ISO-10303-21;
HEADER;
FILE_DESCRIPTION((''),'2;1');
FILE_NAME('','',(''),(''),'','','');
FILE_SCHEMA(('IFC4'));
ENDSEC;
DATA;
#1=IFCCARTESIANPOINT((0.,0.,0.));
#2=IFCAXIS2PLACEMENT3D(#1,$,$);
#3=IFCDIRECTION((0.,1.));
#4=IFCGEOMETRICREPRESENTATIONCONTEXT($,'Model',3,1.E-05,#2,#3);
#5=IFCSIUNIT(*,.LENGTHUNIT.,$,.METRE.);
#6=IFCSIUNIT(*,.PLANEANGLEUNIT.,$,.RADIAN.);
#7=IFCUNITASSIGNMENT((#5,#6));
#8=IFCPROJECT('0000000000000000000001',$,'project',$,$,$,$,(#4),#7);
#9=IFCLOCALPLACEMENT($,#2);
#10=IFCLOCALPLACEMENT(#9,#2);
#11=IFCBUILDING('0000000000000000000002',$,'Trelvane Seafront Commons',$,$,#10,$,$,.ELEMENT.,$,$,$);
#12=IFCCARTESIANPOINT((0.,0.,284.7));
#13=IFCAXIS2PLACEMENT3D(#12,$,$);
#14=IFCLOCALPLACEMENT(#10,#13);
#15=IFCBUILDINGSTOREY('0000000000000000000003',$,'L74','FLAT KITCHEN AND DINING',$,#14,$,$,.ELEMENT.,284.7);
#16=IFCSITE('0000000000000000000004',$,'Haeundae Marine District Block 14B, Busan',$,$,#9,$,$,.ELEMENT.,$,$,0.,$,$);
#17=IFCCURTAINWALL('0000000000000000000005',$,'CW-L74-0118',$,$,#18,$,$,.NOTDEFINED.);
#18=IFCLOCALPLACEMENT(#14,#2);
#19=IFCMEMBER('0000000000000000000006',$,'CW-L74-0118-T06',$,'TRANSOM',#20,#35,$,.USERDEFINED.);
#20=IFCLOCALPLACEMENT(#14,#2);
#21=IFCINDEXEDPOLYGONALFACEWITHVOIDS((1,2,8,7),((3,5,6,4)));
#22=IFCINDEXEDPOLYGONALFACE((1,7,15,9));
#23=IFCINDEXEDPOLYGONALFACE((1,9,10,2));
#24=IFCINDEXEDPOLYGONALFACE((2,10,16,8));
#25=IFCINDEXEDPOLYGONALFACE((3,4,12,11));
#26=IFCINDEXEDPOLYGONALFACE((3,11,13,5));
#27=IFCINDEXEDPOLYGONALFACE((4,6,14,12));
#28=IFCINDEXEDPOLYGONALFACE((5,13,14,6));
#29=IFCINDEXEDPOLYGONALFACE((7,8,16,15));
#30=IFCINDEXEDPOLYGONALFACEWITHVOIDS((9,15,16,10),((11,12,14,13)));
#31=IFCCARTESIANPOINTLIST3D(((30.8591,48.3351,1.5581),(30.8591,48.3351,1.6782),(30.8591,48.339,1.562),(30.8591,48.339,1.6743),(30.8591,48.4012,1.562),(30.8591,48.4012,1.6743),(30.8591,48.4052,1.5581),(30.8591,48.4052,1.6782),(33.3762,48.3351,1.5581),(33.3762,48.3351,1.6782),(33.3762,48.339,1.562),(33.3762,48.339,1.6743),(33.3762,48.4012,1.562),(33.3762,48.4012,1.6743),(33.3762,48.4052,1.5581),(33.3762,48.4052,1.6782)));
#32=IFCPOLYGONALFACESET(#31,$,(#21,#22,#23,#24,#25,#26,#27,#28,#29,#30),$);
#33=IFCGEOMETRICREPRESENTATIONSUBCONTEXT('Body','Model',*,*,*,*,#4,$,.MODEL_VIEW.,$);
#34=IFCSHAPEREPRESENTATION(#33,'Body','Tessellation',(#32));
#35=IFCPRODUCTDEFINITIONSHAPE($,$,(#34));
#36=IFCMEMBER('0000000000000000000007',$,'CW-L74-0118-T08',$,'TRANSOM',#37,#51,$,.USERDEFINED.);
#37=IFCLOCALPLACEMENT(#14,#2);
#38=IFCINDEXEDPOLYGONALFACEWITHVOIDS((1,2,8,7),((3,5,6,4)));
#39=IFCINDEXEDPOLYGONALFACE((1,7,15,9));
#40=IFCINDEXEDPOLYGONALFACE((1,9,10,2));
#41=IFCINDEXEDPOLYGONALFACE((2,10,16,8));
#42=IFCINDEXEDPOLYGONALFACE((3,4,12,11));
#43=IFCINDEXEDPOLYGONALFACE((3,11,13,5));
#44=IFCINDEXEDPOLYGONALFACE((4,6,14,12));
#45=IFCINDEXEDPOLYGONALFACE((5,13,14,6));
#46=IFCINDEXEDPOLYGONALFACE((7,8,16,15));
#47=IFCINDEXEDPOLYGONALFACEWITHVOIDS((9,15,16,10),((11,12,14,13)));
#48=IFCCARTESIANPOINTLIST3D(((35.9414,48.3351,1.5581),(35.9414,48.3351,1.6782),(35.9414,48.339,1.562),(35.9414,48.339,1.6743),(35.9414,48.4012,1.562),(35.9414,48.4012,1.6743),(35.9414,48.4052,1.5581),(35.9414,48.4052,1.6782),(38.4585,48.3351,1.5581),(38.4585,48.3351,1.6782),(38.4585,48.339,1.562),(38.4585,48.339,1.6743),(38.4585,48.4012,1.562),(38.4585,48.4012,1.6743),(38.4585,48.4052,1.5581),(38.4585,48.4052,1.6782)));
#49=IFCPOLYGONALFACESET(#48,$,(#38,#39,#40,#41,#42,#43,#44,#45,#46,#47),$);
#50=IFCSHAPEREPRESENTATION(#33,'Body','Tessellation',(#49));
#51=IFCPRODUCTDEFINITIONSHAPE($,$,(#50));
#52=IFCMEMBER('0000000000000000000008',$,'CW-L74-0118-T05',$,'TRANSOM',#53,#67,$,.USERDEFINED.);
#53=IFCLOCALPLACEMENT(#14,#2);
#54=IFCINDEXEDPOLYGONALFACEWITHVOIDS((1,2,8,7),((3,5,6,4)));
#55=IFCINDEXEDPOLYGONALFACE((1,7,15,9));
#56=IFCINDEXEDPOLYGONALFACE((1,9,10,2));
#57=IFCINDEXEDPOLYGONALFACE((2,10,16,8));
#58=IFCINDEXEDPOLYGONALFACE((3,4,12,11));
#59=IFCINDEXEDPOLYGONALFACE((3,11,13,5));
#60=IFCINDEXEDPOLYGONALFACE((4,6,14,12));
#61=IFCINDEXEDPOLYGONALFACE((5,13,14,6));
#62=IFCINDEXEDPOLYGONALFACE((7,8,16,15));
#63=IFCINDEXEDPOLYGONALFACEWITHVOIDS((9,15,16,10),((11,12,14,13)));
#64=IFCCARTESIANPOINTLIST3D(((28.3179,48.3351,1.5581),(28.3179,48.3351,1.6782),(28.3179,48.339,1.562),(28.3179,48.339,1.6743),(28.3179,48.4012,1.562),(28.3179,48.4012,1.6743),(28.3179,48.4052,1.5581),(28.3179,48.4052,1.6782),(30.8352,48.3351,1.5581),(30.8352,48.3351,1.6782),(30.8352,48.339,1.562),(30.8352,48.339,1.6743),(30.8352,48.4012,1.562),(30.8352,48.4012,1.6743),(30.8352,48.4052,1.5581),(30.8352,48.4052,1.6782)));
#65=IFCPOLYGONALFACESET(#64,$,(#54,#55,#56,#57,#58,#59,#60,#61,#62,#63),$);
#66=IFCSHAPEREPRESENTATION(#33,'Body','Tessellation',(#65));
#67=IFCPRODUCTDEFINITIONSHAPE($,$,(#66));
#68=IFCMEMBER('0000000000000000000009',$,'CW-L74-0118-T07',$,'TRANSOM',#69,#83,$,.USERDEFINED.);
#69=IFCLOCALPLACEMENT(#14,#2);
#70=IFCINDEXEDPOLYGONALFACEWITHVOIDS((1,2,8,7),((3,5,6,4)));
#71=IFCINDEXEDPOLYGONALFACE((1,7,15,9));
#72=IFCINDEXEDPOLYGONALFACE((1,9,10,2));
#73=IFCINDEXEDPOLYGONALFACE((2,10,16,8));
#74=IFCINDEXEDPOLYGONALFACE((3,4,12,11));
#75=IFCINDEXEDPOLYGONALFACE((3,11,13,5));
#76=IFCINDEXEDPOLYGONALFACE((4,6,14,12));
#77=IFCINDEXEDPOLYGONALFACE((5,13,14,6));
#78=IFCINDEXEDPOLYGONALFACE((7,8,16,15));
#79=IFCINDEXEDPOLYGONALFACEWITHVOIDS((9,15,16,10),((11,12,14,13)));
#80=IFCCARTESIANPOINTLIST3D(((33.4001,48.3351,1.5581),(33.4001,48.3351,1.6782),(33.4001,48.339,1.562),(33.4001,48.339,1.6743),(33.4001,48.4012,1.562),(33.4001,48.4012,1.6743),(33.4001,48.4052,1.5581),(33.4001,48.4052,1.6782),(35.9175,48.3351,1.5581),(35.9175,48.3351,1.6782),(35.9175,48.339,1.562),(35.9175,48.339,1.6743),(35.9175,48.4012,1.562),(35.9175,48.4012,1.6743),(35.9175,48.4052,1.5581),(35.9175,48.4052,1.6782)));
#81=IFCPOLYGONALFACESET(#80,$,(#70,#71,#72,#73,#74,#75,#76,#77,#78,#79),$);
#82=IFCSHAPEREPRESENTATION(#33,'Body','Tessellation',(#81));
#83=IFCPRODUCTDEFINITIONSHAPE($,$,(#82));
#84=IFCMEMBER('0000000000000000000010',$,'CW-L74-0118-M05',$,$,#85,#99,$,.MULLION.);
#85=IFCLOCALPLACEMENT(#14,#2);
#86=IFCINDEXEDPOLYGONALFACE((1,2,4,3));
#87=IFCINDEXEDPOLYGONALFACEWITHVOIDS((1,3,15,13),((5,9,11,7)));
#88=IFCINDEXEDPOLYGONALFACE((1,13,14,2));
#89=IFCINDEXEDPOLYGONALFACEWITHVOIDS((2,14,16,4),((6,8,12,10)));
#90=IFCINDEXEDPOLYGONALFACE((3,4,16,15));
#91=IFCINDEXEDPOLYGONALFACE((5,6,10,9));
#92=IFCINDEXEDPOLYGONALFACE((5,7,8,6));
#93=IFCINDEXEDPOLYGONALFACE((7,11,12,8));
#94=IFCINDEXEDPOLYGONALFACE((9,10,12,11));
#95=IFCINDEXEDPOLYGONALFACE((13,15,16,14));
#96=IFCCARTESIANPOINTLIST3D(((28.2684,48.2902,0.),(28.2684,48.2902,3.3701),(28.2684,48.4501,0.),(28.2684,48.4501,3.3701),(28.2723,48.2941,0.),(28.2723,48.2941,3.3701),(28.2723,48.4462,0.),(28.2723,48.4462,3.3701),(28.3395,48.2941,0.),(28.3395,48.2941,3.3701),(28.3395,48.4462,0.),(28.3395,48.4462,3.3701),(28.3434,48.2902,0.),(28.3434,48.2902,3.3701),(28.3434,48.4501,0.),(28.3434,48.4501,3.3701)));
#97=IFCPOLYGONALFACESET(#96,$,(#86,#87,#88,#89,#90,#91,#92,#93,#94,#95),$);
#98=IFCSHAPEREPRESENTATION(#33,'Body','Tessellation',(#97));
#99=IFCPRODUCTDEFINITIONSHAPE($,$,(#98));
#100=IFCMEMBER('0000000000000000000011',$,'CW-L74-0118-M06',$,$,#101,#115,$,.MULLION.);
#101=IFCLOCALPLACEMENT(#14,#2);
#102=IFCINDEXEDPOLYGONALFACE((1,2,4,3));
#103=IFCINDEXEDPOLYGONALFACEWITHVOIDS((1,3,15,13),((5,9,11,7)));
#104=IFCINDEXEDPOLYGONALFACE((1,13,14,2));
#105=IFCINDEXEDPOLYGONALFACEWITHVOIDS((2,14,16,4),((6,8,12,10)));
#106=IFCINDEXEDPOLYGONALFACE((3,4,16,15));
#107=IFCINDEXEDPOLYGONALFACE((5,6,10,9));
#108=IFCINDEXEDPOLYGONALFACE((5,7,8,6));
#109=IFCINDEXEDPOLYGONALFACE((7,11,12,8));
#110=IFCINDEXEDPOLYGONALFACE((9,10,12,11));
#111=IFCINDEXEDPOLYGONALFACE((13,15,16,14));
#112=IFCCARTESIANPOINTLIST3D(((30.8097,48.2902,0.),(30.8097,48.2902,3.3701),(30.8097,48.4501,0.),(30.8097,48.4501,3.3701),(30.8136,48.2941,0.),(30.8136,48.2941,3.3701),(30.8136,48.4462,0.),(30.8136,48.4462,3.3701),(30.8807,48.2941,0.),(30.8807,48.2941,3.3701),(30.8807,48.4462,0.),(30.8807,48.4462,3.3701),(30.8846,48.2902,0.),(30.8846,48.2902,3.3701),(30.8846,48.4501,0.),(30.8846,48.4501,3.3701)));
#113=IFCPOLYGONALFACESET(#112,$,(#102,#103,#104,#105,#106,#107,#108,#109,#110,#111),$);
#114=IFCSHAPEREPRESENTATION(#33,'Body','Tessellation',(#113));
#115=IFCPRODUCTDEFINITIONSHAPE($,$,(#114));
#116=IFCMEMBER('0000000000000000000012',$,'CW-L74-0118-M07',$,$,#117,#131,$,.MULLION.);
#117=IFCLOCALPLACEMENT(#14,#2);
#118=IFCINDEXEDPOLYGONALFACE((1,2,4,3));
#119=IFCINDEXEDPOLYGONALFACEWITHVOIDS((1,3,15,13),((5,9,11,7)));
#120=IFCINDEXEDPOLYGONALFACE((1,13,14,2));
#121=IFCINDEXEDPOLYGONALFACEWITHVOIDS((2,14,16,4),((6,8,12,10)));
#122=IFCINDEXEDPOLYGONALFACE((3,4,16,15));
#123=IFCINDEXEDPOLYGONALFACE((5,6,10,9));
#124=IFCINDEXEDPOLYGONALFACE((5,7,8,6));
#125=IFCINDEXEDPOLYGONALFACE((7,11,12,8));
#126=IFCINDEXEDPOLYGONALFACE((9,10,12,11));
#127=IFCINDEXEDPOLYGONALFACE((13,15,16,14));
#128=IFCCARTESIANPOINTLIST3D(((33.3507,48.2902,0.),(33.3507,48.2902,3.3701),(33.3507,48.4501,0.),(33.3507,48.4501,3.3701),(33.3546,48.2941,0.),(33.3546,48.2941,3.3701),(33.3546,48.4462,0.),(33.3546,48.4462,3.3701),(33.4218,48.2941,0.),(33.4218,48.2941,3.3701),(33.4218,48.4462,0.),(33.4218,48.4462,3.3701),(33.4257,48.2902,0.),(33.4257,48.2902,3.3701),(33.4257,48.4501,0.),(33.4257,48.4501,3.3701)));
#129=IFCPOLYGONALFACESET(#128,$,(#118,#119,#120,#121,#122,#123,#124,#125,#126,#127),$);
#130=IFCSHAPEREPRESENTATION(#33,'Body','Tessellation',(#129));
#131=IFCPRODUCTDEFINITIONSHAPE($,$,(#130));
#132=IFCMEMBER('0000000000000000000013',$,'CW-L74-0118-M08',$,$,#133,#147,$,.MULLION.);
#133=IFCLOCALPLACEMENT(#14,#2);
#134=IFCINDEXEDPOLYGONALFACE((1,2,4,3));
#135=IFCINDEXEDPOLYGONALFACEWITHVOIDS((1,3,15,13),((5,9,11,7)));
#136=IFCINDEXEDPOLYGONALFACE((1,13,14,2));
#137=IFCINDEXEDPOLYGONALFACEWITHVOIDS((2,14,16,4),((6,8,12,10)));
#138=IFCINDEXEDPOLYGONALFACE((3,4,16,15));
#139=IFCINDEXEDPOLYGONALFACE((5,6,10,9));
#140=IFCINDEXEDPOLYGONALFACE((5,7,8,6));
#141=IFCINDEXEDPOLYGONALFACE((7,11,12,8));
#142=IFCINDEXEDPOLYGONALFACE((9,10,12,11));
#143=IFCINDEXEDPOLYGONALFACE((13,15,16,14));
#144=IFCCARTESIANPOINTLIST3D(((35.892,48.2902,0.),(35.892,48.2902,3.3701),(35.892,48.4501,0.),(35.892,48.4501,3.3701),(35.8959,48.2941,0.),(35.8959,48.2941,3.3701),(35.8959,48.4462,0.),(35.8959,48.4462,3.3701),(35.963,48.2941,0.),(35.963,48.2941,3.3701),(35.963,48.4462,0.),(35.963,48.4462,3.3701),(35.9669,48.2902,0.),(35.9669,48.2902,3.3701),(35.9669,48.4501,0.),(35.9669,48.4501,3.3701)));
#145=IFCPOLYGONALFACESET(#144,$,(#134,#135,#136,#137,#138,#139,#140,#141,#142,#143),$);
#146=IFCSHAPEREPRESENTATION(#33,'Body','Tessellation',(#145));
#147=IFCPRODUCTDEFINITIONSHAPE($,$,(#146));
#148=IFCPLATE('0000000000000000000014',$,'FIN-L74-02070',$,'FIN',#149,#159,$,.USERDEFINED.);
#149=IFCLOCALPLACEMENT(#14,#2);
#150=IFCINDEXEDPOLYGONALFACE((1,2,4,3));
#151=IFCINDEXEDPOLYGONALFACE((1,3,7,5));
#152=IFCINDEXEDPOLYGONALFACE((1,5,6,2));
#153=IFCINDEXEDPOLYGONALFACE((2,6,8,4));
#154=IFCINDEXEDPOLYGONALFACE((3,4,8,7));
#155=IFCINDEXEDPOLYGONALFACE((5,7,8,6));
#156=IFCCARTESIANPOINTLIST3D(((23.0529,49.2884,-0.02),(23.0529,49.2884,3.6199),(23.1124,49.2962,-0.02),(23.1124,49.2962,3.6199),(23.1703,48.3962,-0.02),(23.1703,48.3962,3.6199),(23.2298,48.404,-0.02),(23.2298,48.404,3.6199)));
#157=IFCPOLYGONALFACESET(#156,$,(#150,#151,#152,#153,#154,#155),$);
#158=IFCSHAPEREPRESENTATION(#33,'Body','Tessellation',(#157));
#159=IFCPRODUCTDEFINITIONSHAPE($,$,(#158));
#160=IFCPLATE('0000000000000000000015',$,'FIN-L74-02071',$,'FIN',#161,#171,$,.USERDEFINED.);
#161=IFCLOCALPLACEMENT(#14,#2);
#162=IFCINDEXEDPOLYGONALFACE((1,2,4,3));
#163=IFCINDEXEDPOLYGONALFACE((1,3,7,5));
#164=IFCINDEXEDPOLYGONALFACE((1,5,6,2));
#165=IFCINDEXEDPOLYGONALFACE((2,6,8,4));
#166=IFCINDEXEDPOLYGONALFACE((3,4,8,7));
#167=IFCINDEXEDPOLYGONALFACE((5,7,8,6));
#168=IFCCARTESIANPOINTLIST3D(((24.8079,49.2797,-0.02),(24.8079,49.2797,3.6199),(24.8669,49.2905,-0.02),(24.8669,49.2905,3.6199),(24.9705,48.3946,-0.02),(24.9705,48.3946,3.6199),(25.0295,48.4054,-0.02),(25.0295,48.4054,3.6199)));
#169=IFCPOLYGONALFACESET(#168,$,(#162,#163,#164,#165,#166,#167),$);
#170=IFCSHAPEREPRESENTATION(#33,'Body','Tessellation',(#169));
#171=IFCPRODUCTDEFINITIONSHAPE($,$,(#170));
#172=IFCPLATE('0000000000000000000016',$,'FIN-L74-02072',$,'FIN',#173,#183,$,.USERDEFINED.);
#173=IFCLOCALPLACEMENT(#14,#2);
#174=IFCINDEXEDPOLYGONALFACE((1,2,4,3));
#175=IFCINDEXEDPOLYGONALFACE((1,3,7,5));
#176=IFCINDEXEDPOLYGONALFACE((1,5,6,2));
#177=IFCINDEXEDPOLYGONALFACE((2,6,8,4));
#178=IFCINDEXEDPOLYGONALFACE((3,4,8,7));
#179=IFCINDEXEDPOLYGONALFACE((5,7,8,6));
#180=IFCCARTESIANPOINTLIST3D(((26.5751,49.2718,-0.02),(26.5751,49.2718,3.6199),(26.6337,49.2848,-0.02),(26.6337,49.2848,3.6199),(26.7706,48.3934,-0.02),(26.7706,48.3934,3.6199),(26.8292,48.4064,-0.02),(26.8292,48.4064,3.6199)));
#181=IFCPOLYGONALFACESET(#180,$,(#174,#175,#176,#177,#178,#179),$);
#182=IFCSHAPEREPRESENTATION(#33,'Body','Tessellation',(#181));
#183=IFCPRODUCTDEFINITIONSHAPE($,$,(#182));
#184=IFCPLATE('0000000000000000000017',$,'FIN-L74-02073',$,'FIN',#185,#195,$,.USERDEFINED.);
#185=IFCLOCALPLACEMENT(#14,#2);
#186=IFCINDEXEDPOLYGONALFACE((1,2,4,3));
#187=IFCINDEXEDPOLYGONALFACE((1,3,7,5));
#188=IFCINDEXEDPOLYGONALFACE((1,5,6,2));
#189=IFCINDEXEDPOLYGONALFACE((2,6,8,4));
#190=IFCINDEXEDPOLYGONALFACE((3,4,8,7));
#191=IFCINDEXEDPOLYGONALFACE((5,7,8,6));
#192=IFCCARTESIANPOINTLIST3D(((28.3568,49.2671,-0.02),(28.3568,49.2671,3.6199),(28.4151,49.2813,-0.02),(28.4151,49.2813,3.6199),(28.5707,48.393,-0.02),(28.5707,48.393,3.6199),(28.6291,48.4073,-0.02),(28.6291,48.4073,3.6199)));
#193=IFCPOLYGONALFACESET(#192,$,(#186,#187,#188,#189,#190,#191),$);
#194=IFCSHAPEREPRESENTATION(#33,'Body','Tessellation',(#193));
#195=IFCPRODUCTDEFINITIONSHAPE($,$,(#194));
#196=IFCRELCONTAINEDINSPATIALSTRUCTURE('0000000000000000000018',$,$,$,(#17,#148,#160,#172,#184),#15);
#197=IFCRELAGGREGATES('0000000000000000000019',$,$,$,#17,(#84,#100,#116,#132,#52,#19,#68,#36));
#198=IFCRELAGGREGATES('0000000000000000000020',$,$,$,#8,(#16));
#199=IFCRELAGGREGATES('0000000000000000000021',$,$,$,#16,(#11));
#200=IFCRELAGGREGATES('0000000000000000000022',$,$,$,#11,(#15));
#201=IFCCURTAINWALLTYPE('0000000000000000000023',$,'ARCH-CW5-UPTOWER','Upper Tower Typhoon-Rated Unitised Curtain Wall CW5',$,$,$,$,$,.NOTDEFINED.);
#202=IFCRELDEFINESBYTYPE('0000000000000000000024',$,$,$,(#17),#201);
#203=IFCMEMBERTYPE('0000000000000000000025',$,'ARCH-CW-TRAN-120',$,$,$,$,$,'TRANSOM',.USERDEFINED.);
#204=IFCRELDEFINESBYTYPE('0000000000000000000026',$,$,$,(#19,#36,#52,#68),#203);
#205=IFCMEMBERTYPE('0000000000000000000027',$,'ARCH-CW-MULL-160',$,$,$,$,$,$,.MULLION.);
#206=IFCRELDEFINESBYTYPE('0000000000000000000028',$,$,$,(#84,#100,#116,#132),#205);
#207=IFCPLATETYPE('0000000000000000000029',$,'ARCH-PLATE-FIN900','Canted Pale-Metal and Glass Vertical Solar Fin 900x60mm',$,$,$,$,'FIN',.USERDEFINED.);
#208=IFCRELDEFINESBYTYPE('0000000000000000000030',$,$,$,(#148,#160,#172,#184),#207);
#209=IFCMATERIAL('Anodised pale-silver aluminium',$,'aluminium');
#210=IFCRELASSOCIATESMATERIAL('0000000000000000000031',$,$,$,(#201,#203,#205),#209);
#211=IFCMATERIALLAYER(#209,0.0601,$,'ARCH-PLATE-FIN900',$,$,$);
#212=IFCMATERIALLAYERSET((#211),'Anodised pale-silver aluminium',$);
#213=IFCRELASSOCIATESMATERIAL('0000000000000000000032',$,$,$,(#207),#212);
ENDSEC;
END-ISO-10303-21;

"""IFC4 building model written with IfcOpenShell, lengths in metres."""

from ifc_helpers import new_model, si_unit, direction, frame, origin, origin_2d, place, context, subcontext, project, spatial, rectangle, hollow_rectangle, extrude, source, transform, mapped, material, layer, layer_set, material_profile, profile_set, type_object, element, aggregate, save


model = new_model("IFC4")

# Units and contexts
model_context = context("Model", 3, precision=1e-05, world=origin(), true_north=direction((0.0, 1.0)))
body_context = subcontext(model_context, "Body", "Model", "MODEL_VIEW")
ifc_project = project(units=[si_unit("LENGTHUNIT", "METRE"), si_unit("PLANEANGLEUNIT", "RADIAN")], contexts=[model_context])

# Site, building, storey
site_placement = place(None, origin())
site = spatial("IfcSite", under=ifc_project, at=site_placement, Name="Haeundae Marine District Block 14B, Busan", CompositionType="ELEMENT", RefElevation=0.0)
building_placement = place(site_placement, origin())
building = spatial("IfcBuilding", under=site, at=building_placement, Name="Trelvane Seafront Commons", CompositionType="ELEMENT")
storey_placement = place(building_placement, frame((0.0, 0.0, 284.7)))
storey = spatial("IfcBuildingStorey", under=building, at=storey_placement, Name="L74", Description="FLAT KITCHEN AND DINING", CompositionType="ELEMENT", Elevation=284.7)

# Curtain wall, members
ifc_material_1 = material(Name="Anodised pale-silver aluminium", Category="aluminium")
curtain_wall_type = type_object("IfcCurtainWallType", Name="ARCH-CW5-UPTOWER", Description="Upper Tower Typhoon-Rated Unitised Curtain Wall CW5", PredefinedType="NOTDEFINED", material=ifc_material_1)
curtain_wall_placement = place(storey_placement, origin())
curtain_wall = element("IfcCurtainWall", 1, at=curtain_wall_placement, inside=storey, type_object=curtain_wall_type, Name="CW-L74-0118", PredefinedType="NOTDEFINED")
ifc_material_profile_1 = material_profile(ifc_material_1, hollow_rectangle(XDim=0.0701, YDim=0.1201, WallThickness=0.0039, at=origin_2d()), Name="TRAN-70x120x4")
ifc_profile_set_1 = profile_set([ifc_material_profile_1], Name="Anodised pale-silver aluminium")
member_type_1 = type_object("IfcMemberType", Name="ARCH-CW-TRAN-120", ElementType="TRANSOM", PredefinedType="USERDEFINED", material=ifc_profile_set_1)
shared_shape_1 = source(origin(), body_context, "Body", "SweptSolid", [
    extrude(hollow_rectangle(XDim=0.0701, YDim=0.1201, WallThickness=0.0039, at=origin_2d()), origin(), (0.0, 0.0, 1.0), 2.5171),
])
member_1_placement = place(storey_placement, frame((30.8591, 48.3701, 1.6182), z_axis=(1.0, 0.0, 0.0), x_axis=(0.0, 1.0, 0.0)))
member_1 = element("IfcMember", 2, at=member_1_placement, type_object=member_type_1, Name="CW-L74-0118-T06", ObjectType="TRANSOM", PredefinedType="USERDEFINED", context=body_context, shape_type="MappedRepresentation", body=[
    mapped(shared_shape_1, transform((0.0, 0.0, 0.0), x_axis=(1.0, 0.0, 0.0), y_axis=(0.0, 1.0, 0.0), z_axis=(0.0, 0.0, 1.0), scale=1.0)),
])
member_2_placement = place(storey_placement, frame((35.9414, 48.3701, 1.6182), z_axis=(1.0, 0.0, 0.0), x_axis=(0.0, 1.0, 0.0)))
member_2 = element("IfcMember", 3, at=member_2_placement, type_object=member_type_1, Name="CW-L74-0118-T08", ObjectType="TRANSOM", PredefinedType="USERDEFINED", context=body_context, shape_type="MappedRepresentation", body=[
    mapped(shared_shape_1, transform((0.0, 0.0, 0.0), x_axis=(1.0, 0.0, 0.0), y_axis=(0.0, 1.0, 0.0), z_axis=(0.0, 0.0, 1.0), scale=1.0)),
])
shared_shape_2 = source(origin(), body_context, "Body", "SweptSolid", [
    extrude(hollow_rectangle(XDim=0.0701, YDim=0.1201, WallThickness=0.0039, at=origin_2d()), origin(), (0.0, 0.0, 1.0), 2.5173),
])
member_3_placement = place(storey_placement, frame((28.3179, 48.3701, 1.6182), z_axis=(1.0, 0.0, 0.0), x_axis=(0.0, 1.0, 0.0)))
member_3 = element("IfcMember", 4, at=member_3_placement, type_object=member_type_1, Name="CW-L74-0118-T05", ObjectType="TRANSOM", PredefinedType="USERDEFINED", context=body_context, shape_type="MappedRepresentation", body=[
    mapped(shared_shape_2, transform((0.0, 0.0, 0.0), x_axis=(1.0, 0.0, 0.0), y_axis=(0.0, 1.0, 0.0), z_axis=(0.0, 0.0, 1.0), scale=1.0)),
])
member_4_placement = place(storey_placement, frame((33.4001, 48.3701, 1.6182), z_axis=(1.0, 0.0, 0.0), x_axis=(0.0, 1.0, 0.0)))
member_4 = element("IfcMember", 5, at=member_4_placement, type_object=member_type_1, Name="CW-L74-0118-T07", ObjectType="TRANSOM", PredefinedType="USERDEFINED", context=body_context, shape_type="MappedRepresentation", body=[
    mapped(shared_shape_2, transform((0.0, 0.0, 0.0), x_axis=(1.0, 0.0, 0.0), y_axis=(0.0, 1.0, 0.0), z_axis=(0.0, 0.0, 1.0), scale=1.0)),
])
ifc_material_profile_2 = material_profile(ifc_material_1, hollow_rectangle(XDim=0.075, YDim=0.1599, WallThickness=0.0039, at=origin_2d()), Name="MULL-75x160x4")
ifc_profile_set_2 = profile_set([ifc_material_profile_2], Name="Anodised pale-silver aluminium")
member_type_2 = type_object("IfcMemberType", Name="ARCH-CW-MULL-160", PredefinedType="MULLION", material=ifc_profile_set_2)
shared_shape_3 = source(origin(), body_context, "Body", "SweptSolid", [
    extrude(hollow_rectangle(XDim=0.075, YDim=0.1599, WallThickness=0.0039, at=origin_2d()), origin(), (0.0, 0.0, 1.0), 3.3701),
])
member_5_placement = place(storey_placement, frame((28.3059, 48.3701, 0.0), z_axis=(0.0, 0.0, 1.0), x_axis=(1.0, 0.0, 0.0)))
member_5 = element("IfcMember", 6, at=member_5_placement, type_object=member_type_2, Name="CW-L74-0118-M05", PredefinedType="MULLION", context=body_context, shape_type="MappedRepresentation", body=[
    mapped(shared_shape_3, transform((0.0, 0.0, 0.0), x_axis=(1.0, 0.0, 0.0), y_axis=(0.0, 1.0, 0.0), z_axis=(0.0, 0.0, 1.0), scale=1.0)),
])
member_6_placement = place(storey_placement, frame((30.8472, 48.3701, 0.0), z_axis=(0.0, 0.0, 1.0), x_axis=(1.0, 0.0, 0.0)))
member_6 = element("IfcMember", 7, at=member_6_placement, type_object=member_type_2, Name="CW-L74-0118-M06", PredefinedType="MULLION", context=body_context, shape_type="MappedRepresentation", body=[
    mapped(shared_shape_3, transform((0.0, 0.0, 0.0), x_axis=(1.0, 0.0, 0.0), y_axis=(0.0, 1.0, 0.0), z_axis=(0.0, 0.0, 1.0), scale=1.0)),
])
member_7_placement = place(storey_placement, frame((33.3882, 48.3701, 0.0), z_axis=(0.0, 0.0, 1.0), x_axis=(1.0, 0.0, 0.0)))
member_7 = element("IfcMember", 8, at=member_7_placement, type_object=member_type_2, Name="CW-L74-0118-M07", PredefinedType="MULLION", context=body_context, shape_type="MappedRepresentation", body=[
    mapped(shared_shape_3, transform((0.0, 0.0, 0.0), x_axis=(1.0, 0.0, 0.0), y_axis=(0.0, 1.0, 0.0), z_axis=(0.0, 0.0, 1.0), scale=1.0)),
])
member_8_placement = place(storey_placement, frame((35.9294, 48.3701, 0.0), z_axis=(0.0, 0.0, 1.0), x_axis=(1.0, 0.0, 0.0)))
member_8 = element("IfcMember", 9, at=member_8_placement, type_object=member_type_2, Name="CW-L74-0118-M08", PredefinedType="MULLION", context=body_context, shape_type="MappedRepresentation", body=[
    mapped(shared_shape_3, transform((0.0, 0.0, 0.0), x_axis=(1.0, 0.0, 0.0), y_axis=(0.0, 1.0, 0.0), z_axis=(0.0, 0.0, 1.0), scale=1.0)),
])

# Plates
ifc_layer_1 = layer(ifc_material_1, 0.0601, Name="ARCH-PLATE-FIN900")
ifc_layer_set_1 = layer_set([ifc_layer_1], Name="Anodised pale-silver aluminium")
plate_type_1 = type_object("IfcPlateType", Name="ARCH-PLATE-FIN900", Description="Canted Pale-Metal and Glass Vertical Solar Fin 900x60mm", ElementType="FIN", PredefinedType="USERDEFINED", material=ifc_layer_set_1)
shared_shape_4 = source(origin(), body_context, "Body", "SweptSolid", [
    extrude(rectangle(XDim=0.8999, YDim=0.0601, at=origin_2d()), origin(), (0.0, 0.0, 1.0), 3.6399),
])
for number, where, z_axis, x_axis, name in (
    (10, (23.1414, 48.8462, -0.02), (0.0, 0.0, 1.0), (-0.130447, 0.991455, 0.0), "FIN-L74-02070"),
    (11, (24.9187, 48.8425, -0.02), (0.0, 0.0, 1.0), (-0.180665, 0.983545, 0.0), "FIN-L74-02071"),
    (12, (26.7021, 48.8391, -0.02), (0.0, 0.0, 1.0), (-0.217225, 0.976122, 0.0), "FIN-L74-02072"),
    (13, (28.4929, 48.8372, -0.02), (0.0, 0.0, 1.0), (-0.237774, 0.97132, 0.0), "FIN-L74-02073"),
):
    element("IfcPlate", number, at=place(storey_placement, frame(where, z_axis=z_axis, x_axis=x_axis)), inside=storey, type_object=plate_type_1, Name=name, ObjectType="FIN", PredefinedType="USERDEFINED", context=body_context, shape_type="MappedRepresentation", body=[
        mapped(shared_shape_4, transform((0.0, 0.0, 0.0), x_axis=(1.0, 0.0, 0.0), y_axis=(0.0, 1.0, 0.0), z_axis=(0.0, 0.0, 1.0), scale=1.0)),
    ])

aggregate(curtain_wall, [member_5, member_6, member_7, member_8, member_3, member_1, member_4, member_2])

save(model, "model.ifc")
